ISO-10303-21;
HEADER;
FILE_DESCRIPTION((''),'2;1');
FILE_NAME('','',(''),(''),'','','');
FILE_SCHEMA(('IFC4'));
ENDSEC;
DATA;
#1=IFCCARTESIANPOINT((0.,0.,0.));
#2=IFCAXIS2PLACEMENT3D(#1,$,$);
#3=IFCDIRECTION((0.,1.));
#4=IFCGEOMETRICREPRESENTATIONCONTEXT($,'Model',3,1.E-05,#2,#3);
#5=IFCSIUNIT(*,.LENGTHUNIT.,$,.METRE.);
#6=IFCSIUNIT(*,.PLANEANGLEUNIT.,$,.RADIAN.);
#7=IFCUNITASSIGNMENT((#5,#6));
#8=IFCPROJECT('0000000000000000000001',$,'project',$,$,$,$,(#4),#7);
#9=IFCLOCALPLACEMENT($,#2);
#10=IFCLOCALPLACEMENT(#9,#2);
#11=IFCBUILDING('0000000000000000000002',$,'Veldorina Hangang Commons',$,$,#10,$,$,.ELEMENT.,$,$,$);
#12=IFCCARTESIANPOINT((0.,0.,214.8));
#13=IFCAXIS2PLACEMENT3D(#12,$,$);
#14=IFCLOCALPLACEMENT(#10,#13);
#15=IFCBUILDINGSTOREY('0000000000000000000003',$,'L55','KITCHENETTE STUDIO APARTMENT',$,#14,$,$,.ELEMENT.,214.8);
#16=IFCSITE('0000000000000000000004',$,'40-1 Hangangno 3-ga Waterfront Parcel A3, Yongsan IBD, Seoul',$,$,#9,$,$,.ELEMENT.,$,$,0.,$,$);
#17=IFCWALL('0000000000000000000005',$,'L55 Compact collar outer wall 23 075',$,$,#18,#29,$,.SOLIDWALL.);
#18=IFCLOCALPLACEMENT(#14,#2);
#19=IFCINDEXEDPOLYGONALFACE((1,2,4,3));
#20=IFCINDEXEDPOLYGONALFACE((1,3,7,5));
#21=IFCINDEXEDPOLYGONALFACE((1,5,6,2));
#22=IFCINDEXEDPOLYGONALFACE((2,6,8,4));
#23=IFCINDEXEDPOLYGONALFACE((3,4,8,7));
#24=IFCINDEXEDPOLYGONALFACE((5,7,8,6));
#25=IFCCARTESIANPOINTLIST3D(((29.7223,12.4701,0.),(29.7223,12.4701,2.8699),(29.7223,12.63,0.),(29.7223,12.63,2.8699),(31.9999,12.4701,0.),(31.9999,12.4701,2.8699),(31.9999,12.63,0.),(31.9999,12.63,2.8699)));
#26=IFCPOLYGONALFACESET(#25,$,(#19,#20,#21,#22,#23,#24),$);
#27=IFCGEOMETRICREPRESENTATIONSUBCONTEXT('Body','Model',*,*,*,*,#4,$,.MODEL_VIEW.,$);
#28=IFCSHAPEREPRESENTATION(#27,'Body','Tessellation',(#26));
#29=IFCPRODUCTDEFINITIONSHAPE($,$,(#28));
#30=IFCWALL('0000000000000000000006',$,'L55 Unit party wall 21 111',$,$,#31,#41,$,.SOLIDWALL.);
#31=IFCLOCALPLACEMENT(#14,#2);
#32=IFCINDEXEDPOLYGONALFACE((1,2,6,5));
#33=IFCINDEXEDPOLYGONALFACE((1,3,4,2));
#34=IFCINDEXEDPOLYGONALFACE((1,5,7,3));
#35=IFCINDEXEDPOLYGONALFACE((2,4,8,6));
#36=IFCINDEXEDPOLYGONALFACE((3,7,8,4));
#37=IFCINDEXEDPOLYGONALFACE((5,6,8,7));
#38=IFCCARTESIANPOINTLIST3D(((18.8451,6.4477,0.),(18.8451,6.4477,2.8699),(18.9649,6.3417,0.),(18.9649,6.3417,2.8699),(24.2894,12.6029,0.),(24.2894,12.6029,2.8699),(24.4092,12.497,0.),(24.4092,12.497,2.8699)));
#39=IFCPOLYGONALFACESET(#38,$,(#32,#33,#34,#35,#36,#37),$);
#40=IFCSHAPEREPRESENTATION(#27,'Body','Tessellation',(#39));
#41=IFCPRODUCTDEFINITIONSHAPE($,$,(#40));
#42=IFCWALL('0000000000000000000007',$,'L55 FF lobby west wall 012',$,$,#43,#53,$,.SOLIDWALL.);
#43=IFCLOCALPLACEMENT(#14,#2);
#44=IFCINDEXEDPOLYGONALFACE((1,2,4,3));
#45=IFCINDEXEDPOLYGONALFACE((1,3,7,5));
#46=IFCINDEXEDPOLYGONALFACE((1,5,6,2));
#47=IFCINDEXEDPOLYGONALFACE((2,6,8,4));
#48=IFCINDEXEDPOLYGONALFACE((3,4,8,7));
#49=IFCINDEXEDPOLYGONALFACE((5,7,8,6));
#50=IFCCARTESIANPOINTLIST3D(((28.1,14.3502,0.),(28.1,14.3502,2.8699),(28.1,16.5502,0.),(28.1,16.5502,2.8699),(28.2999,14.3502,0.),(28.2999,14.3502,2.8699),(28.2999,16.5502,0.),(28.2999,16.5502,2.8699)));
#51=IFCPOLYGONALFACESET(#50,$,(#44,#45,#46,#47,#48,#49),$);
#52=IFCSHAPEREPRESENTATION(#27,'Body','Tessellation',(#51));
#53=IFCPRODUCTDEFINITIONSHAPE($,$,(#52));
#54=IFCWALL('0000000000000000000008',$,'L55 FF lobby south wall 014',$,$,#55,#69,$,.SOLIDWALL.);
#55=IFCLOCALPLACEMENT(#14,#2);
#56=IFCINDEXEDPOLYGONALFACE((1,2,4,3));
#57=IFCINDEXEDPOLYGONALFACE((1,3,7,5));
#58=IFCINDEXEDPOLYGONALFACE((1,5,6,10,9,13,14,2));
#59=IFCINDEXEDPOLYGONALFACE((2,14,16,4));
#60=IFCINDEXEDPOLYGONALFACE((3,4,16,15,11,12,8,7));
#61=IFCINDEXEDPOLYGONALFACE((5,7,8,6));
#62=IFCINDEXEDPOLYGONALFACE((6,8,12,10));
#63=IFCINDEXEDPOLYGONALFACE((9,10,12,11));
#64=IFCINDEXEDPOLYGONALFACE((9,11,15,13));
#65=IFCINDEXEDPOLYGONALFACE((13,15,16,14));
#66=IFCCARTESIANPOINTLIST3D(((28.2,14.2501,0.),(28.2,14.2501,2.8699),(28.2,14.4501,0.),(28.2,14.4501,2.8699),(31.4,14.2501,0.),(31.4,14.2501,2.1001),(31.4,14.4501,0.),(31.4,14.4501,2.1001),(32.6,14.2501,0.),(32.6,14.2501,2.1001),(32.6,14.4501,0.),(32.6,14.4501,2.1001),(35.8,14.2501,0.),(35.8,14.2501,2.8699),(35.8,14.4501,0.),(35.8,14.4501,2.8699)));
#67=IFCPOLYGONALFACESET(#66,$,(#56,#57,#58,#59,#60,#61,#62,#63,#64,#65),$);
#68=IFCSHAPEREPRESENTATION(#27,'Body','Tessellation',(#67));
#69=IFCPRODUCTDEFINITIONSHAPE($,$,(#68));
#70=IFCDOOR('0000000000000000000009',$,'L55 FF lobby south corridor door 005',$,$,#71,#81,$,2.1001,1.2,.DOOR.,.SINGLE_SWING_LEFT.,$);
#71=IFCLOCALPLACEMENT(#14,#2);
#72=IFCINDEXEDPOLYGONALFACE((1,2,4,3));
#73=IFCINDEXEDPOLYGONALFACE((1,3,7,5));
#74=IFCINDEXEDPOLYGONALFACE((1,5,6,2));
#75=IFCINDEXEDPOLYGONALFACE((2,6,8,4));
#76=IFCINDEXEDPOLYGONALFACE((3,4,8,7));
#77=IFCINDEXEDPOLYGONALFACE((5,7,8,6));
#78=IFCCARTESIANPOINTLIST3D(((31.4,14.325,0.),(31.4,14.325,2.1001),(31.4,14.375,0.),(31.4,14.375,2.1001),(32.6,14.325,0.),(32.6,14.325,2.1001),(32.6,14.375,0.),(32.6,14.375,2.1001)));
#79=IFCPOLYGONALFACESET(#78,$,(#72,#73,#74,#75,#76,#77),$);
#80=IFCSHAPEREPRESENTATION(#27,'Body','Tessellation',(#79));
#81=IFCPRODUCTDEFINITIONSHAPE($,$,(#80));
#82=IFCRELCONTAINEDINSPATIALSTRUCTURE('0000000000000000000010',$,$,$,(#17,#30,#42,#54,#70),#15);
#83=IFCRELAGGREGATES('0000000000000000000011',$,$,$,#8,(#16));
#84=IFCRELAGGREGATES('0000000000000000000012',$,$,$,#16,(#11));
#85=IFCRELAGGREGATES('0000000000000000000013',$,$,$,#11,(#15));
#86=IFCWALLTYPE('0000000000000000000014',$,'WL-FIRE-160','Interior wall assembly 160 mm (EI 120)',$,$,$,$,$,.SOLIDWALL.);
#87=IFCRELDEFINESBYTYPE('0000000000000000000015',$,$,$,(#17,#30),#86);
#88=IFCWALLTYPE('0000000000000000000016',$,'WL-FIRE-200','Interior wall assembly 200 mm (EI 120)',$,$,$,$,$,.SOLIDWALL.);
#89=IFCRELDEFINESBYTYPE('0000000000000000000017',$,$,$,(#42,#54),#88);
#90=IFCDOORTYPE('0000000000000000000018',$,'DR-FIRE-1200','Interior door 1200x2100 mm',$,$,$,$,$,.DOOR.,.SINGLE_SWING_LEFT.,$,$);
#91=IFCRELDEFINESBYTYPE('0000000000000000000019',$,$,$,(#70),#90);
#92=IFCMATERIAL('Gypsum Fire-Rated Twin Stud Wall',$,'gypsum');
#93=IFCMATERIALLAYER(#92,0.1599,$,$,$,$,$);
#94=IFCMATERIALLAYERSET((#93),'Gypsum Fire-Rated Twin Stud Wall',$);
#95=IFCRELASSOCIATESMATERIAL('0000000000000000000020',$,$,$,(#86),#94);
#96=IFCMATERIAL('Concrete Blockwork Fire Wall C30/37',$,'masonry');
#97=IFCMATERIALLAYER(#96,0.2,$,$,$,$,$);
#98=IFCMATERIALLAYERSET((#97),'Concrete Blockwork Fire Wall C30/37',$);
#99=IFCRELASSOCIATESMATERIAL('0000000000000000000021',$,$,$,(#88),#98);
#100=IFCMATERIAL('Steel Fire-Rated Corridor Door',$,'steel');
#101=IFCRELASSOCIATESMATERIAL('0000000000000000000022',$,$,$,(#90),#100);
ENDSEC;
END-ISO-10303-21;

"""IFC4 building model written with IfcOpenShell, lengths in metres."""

from ifc_helpers import new_model, si_unit, direction, frame, frame_2d, origin, place, context, subcontext, project, spatial, rectangle, extrude, material, layer, layer_set, type_object, element, fill, save


model = new_model("IFC4")

# Units and contexts
model_context = context("Model", 3, precision=1e-05, world=origin(), true_north=direction((0.0, 1.0)))
body_context = subcontext(model_context, "Body", "Model", "MODEL_VIEW")
ifc_project = project(units=[si_unit("LENGTHUNIT", "METRE"), si_unit("PLANEANGLEUNIT", "RADIAN")], contexts=[model_context])

# Site, building, storey
site_placement = place(None, origin())
site = spatial("IfcSite", under=ifc_project, at=site_placement, Name="40-1 Hangangno 3-ga Waterfront Parcel A3, Yongsan IBD, Seoul", CompositionType="ELEMENT", RefElevation=0.0)
building_placement = place(site_placement, origin())
building = spatial("IfcBuilding", under=site, at=building_placement, Name="Veldorina Hangang Commons", CompositionType="ELEMENT")
storey_placement = place(building_placement, frame((0.0, 0.0, 214.8)))
storey = spatial("IfcBuildingStorey", under=building, at=storey_placement, Name="L55", Description="KITCHENETTE STUDIO APARTMENT", CompositionType="ELEMENT", Elevation=214.8)

# Shared definitions
ifc_material_1 = material(Name="Gypsum Fire-Rated Twin Stud Wall", Category="gypsum")
ifc_layer_1 = layer(ifc_material_1, 0.1599)
ifc_layer_set_1 = layer_set([ifc_layer_1], Name="Gypsum Fire-Rated Twin Stud Wall")
wall_type_1 = type_object("IfcWallType", Name="WL-FIRE-160", Description="Interior wall assembly 160 mm (EI 120)", PredefinedType="SOLIDWALL", material=ifc_layer_set_1)

# Walls
wall_1_placement = place(storey_placement, frame((29.7224, 12.55, 0.0), z_axis=(0.0, 0.0, 1.0), x_axis=(1.0, 0.0, 0.0)))
element("IfcWall", 1, at=wall_1_placement, inside=storey, type_object=wall_type_1, Name="L55 Compact collar outer wall 23 075", PredefinedType="SOLIDWALL", context=body_context, shape_type="SweptSolid", body=[
    extrude(rectangle(XDim=2.2776, YDim=0.1599, at=frame_2d((1.1387, 0.0))), origin(), (0.0, 0.0, 1.0), 2.8699),
])
wall_2_placement = place(storey_placement, frame((24.3494, 12.55, 0.0), z_axis=(0.0, 0.0, 1.0), x_axis=(-0.662525, -0.74904, 0.0)))
element("IfcWall", 2, at=wall_2_placement, inside=storey, type_object=wall_type_1, Name="L55 Unit party wall 21 111", PredefinedType="SOLIDWALL", context=body_context, shape_type="SweptSolid", body=[
    extrude(rectangle(XDim=8.2175, YDim=0.1599, at=frame_2d((4.1089, 0.0))), origin(), (0.0, 0.0, 1.0), 2.8699),
])
ifc_material_2 = material(Name="Concrete Blockwork Fire Wall C30/37", Category="masonry")
ifc_layer_2 = layer(ifc_material_2, 0.2)
ifc_layer_set_2 = layer_set([ifc_layer_2], Name="Concrete Blockwork Fire Wall C30/37")
wall_type_2 = type_object("IfcWallType", Name="WL-FIRE-200", Description="Interior wall assembly 200 mm (EI 120)", PredefinedType="SOLIDWALL", material=ifc_layer_set_2)
wall_3_placement = place(storey_placement, frame((28.2, 14.3501, 0.0), z_axis=(0.0, 0.0, 1.0), x_axis=(0.0, 1.0, 0.0)))
element("IfcWall", 3, at=wall_3_placement, inside=storey, type_object=wall_type_2, Name="L55 FF lobby west wall 012", PredefinedType="SOLIDWALL", context=body_context, shape_type="SweptSolid", body=[
    extrude(rectangle(XDim=2.2, YDim=0.2, at=frame_2d((1.1001, 0.0))), origin(), (0.0, 0.0, 1.0), 2.8699),
])

# Wall, opening, door
wall_4_placement = place(storey_placement, frame((28.2, 14.3501, 0.0), z_axis=(0.0, 0.0, 1.0), x_axis=(1.0, 0.0, 0.0)))
wall_4 = element("IfcWall", 4, at=wall_4_placement, inside=storey, type_object=wall_type_2, Name="L55 FF lobby south wall 014", PredefinedType="SOLIDWALL", context=body_context, shape_type="SweptSolid", body=[
    extrude(rectangle(XDim=7.6001, YDim=0.2, at=frame_2d((3.8, 0.0))), origin(), (0.0, 0.0, 1.0), 2.8699),
])
opening_1_placement = place(wall_4_placement, frame((3.2, 0.0, 0.0)))
opening_1 = element("IfcOpeningElement", 5, at=opening_1_placement, cuts=wall_4, PredefinedType="OPENING", context=body_context, shape_type="SweptSolid", body=[
    extrude(rectangle(XDim=1.2, YDim=2.1001, at=frame_2d((0.6001, 1.05))), frame((0.0, 0.1099, 0.0), z_axis=(0.0, -1.0, 0.0), x_axis=(1.0, 0.0, 0.0)), (0.0, 0.0, 1.0), 0.22),
])
ifc_material_3 = material(Name="Steel Fire-Rated Corridor Door", Category="steel")
door_type_1 = type_object("IfcDoorType", Name="DR-FIRE-1200", Description="Interior door 1200x2100 mm", OperationType="SINGLE_SWING_LEFT", PredefinedType="DOOR", material=ifc_material_3)
door_1_placement = place(opening_1_placement, origin())
door_1 = element("IfcDoor", 6, at=door_1_placement, inside=storey, type_object=door_type_1, Name="L55 FF lobby south corridor door 005", OperationType="SINGLE_SWING_LEFT", OverallHeight=2.1001, OverallWidth=1.2, PredefinedType="DOOR", context=body_context, shape_type="SweptSolid", body=[
    extrude(rectangle(XDim=1.2, YDim=2.1001, at=frame_2d((0.6001, 1.05))), frame((0.0, 0.0249, 0.0), z_axis=(0.0, -1.0, 0.0), x_axis=(1.0, 0.0, 0.0)), (0.0, 0.0, 1.0), 0.05),
])
fill(opening_1, door_1)

save(model, "model.ifc")
